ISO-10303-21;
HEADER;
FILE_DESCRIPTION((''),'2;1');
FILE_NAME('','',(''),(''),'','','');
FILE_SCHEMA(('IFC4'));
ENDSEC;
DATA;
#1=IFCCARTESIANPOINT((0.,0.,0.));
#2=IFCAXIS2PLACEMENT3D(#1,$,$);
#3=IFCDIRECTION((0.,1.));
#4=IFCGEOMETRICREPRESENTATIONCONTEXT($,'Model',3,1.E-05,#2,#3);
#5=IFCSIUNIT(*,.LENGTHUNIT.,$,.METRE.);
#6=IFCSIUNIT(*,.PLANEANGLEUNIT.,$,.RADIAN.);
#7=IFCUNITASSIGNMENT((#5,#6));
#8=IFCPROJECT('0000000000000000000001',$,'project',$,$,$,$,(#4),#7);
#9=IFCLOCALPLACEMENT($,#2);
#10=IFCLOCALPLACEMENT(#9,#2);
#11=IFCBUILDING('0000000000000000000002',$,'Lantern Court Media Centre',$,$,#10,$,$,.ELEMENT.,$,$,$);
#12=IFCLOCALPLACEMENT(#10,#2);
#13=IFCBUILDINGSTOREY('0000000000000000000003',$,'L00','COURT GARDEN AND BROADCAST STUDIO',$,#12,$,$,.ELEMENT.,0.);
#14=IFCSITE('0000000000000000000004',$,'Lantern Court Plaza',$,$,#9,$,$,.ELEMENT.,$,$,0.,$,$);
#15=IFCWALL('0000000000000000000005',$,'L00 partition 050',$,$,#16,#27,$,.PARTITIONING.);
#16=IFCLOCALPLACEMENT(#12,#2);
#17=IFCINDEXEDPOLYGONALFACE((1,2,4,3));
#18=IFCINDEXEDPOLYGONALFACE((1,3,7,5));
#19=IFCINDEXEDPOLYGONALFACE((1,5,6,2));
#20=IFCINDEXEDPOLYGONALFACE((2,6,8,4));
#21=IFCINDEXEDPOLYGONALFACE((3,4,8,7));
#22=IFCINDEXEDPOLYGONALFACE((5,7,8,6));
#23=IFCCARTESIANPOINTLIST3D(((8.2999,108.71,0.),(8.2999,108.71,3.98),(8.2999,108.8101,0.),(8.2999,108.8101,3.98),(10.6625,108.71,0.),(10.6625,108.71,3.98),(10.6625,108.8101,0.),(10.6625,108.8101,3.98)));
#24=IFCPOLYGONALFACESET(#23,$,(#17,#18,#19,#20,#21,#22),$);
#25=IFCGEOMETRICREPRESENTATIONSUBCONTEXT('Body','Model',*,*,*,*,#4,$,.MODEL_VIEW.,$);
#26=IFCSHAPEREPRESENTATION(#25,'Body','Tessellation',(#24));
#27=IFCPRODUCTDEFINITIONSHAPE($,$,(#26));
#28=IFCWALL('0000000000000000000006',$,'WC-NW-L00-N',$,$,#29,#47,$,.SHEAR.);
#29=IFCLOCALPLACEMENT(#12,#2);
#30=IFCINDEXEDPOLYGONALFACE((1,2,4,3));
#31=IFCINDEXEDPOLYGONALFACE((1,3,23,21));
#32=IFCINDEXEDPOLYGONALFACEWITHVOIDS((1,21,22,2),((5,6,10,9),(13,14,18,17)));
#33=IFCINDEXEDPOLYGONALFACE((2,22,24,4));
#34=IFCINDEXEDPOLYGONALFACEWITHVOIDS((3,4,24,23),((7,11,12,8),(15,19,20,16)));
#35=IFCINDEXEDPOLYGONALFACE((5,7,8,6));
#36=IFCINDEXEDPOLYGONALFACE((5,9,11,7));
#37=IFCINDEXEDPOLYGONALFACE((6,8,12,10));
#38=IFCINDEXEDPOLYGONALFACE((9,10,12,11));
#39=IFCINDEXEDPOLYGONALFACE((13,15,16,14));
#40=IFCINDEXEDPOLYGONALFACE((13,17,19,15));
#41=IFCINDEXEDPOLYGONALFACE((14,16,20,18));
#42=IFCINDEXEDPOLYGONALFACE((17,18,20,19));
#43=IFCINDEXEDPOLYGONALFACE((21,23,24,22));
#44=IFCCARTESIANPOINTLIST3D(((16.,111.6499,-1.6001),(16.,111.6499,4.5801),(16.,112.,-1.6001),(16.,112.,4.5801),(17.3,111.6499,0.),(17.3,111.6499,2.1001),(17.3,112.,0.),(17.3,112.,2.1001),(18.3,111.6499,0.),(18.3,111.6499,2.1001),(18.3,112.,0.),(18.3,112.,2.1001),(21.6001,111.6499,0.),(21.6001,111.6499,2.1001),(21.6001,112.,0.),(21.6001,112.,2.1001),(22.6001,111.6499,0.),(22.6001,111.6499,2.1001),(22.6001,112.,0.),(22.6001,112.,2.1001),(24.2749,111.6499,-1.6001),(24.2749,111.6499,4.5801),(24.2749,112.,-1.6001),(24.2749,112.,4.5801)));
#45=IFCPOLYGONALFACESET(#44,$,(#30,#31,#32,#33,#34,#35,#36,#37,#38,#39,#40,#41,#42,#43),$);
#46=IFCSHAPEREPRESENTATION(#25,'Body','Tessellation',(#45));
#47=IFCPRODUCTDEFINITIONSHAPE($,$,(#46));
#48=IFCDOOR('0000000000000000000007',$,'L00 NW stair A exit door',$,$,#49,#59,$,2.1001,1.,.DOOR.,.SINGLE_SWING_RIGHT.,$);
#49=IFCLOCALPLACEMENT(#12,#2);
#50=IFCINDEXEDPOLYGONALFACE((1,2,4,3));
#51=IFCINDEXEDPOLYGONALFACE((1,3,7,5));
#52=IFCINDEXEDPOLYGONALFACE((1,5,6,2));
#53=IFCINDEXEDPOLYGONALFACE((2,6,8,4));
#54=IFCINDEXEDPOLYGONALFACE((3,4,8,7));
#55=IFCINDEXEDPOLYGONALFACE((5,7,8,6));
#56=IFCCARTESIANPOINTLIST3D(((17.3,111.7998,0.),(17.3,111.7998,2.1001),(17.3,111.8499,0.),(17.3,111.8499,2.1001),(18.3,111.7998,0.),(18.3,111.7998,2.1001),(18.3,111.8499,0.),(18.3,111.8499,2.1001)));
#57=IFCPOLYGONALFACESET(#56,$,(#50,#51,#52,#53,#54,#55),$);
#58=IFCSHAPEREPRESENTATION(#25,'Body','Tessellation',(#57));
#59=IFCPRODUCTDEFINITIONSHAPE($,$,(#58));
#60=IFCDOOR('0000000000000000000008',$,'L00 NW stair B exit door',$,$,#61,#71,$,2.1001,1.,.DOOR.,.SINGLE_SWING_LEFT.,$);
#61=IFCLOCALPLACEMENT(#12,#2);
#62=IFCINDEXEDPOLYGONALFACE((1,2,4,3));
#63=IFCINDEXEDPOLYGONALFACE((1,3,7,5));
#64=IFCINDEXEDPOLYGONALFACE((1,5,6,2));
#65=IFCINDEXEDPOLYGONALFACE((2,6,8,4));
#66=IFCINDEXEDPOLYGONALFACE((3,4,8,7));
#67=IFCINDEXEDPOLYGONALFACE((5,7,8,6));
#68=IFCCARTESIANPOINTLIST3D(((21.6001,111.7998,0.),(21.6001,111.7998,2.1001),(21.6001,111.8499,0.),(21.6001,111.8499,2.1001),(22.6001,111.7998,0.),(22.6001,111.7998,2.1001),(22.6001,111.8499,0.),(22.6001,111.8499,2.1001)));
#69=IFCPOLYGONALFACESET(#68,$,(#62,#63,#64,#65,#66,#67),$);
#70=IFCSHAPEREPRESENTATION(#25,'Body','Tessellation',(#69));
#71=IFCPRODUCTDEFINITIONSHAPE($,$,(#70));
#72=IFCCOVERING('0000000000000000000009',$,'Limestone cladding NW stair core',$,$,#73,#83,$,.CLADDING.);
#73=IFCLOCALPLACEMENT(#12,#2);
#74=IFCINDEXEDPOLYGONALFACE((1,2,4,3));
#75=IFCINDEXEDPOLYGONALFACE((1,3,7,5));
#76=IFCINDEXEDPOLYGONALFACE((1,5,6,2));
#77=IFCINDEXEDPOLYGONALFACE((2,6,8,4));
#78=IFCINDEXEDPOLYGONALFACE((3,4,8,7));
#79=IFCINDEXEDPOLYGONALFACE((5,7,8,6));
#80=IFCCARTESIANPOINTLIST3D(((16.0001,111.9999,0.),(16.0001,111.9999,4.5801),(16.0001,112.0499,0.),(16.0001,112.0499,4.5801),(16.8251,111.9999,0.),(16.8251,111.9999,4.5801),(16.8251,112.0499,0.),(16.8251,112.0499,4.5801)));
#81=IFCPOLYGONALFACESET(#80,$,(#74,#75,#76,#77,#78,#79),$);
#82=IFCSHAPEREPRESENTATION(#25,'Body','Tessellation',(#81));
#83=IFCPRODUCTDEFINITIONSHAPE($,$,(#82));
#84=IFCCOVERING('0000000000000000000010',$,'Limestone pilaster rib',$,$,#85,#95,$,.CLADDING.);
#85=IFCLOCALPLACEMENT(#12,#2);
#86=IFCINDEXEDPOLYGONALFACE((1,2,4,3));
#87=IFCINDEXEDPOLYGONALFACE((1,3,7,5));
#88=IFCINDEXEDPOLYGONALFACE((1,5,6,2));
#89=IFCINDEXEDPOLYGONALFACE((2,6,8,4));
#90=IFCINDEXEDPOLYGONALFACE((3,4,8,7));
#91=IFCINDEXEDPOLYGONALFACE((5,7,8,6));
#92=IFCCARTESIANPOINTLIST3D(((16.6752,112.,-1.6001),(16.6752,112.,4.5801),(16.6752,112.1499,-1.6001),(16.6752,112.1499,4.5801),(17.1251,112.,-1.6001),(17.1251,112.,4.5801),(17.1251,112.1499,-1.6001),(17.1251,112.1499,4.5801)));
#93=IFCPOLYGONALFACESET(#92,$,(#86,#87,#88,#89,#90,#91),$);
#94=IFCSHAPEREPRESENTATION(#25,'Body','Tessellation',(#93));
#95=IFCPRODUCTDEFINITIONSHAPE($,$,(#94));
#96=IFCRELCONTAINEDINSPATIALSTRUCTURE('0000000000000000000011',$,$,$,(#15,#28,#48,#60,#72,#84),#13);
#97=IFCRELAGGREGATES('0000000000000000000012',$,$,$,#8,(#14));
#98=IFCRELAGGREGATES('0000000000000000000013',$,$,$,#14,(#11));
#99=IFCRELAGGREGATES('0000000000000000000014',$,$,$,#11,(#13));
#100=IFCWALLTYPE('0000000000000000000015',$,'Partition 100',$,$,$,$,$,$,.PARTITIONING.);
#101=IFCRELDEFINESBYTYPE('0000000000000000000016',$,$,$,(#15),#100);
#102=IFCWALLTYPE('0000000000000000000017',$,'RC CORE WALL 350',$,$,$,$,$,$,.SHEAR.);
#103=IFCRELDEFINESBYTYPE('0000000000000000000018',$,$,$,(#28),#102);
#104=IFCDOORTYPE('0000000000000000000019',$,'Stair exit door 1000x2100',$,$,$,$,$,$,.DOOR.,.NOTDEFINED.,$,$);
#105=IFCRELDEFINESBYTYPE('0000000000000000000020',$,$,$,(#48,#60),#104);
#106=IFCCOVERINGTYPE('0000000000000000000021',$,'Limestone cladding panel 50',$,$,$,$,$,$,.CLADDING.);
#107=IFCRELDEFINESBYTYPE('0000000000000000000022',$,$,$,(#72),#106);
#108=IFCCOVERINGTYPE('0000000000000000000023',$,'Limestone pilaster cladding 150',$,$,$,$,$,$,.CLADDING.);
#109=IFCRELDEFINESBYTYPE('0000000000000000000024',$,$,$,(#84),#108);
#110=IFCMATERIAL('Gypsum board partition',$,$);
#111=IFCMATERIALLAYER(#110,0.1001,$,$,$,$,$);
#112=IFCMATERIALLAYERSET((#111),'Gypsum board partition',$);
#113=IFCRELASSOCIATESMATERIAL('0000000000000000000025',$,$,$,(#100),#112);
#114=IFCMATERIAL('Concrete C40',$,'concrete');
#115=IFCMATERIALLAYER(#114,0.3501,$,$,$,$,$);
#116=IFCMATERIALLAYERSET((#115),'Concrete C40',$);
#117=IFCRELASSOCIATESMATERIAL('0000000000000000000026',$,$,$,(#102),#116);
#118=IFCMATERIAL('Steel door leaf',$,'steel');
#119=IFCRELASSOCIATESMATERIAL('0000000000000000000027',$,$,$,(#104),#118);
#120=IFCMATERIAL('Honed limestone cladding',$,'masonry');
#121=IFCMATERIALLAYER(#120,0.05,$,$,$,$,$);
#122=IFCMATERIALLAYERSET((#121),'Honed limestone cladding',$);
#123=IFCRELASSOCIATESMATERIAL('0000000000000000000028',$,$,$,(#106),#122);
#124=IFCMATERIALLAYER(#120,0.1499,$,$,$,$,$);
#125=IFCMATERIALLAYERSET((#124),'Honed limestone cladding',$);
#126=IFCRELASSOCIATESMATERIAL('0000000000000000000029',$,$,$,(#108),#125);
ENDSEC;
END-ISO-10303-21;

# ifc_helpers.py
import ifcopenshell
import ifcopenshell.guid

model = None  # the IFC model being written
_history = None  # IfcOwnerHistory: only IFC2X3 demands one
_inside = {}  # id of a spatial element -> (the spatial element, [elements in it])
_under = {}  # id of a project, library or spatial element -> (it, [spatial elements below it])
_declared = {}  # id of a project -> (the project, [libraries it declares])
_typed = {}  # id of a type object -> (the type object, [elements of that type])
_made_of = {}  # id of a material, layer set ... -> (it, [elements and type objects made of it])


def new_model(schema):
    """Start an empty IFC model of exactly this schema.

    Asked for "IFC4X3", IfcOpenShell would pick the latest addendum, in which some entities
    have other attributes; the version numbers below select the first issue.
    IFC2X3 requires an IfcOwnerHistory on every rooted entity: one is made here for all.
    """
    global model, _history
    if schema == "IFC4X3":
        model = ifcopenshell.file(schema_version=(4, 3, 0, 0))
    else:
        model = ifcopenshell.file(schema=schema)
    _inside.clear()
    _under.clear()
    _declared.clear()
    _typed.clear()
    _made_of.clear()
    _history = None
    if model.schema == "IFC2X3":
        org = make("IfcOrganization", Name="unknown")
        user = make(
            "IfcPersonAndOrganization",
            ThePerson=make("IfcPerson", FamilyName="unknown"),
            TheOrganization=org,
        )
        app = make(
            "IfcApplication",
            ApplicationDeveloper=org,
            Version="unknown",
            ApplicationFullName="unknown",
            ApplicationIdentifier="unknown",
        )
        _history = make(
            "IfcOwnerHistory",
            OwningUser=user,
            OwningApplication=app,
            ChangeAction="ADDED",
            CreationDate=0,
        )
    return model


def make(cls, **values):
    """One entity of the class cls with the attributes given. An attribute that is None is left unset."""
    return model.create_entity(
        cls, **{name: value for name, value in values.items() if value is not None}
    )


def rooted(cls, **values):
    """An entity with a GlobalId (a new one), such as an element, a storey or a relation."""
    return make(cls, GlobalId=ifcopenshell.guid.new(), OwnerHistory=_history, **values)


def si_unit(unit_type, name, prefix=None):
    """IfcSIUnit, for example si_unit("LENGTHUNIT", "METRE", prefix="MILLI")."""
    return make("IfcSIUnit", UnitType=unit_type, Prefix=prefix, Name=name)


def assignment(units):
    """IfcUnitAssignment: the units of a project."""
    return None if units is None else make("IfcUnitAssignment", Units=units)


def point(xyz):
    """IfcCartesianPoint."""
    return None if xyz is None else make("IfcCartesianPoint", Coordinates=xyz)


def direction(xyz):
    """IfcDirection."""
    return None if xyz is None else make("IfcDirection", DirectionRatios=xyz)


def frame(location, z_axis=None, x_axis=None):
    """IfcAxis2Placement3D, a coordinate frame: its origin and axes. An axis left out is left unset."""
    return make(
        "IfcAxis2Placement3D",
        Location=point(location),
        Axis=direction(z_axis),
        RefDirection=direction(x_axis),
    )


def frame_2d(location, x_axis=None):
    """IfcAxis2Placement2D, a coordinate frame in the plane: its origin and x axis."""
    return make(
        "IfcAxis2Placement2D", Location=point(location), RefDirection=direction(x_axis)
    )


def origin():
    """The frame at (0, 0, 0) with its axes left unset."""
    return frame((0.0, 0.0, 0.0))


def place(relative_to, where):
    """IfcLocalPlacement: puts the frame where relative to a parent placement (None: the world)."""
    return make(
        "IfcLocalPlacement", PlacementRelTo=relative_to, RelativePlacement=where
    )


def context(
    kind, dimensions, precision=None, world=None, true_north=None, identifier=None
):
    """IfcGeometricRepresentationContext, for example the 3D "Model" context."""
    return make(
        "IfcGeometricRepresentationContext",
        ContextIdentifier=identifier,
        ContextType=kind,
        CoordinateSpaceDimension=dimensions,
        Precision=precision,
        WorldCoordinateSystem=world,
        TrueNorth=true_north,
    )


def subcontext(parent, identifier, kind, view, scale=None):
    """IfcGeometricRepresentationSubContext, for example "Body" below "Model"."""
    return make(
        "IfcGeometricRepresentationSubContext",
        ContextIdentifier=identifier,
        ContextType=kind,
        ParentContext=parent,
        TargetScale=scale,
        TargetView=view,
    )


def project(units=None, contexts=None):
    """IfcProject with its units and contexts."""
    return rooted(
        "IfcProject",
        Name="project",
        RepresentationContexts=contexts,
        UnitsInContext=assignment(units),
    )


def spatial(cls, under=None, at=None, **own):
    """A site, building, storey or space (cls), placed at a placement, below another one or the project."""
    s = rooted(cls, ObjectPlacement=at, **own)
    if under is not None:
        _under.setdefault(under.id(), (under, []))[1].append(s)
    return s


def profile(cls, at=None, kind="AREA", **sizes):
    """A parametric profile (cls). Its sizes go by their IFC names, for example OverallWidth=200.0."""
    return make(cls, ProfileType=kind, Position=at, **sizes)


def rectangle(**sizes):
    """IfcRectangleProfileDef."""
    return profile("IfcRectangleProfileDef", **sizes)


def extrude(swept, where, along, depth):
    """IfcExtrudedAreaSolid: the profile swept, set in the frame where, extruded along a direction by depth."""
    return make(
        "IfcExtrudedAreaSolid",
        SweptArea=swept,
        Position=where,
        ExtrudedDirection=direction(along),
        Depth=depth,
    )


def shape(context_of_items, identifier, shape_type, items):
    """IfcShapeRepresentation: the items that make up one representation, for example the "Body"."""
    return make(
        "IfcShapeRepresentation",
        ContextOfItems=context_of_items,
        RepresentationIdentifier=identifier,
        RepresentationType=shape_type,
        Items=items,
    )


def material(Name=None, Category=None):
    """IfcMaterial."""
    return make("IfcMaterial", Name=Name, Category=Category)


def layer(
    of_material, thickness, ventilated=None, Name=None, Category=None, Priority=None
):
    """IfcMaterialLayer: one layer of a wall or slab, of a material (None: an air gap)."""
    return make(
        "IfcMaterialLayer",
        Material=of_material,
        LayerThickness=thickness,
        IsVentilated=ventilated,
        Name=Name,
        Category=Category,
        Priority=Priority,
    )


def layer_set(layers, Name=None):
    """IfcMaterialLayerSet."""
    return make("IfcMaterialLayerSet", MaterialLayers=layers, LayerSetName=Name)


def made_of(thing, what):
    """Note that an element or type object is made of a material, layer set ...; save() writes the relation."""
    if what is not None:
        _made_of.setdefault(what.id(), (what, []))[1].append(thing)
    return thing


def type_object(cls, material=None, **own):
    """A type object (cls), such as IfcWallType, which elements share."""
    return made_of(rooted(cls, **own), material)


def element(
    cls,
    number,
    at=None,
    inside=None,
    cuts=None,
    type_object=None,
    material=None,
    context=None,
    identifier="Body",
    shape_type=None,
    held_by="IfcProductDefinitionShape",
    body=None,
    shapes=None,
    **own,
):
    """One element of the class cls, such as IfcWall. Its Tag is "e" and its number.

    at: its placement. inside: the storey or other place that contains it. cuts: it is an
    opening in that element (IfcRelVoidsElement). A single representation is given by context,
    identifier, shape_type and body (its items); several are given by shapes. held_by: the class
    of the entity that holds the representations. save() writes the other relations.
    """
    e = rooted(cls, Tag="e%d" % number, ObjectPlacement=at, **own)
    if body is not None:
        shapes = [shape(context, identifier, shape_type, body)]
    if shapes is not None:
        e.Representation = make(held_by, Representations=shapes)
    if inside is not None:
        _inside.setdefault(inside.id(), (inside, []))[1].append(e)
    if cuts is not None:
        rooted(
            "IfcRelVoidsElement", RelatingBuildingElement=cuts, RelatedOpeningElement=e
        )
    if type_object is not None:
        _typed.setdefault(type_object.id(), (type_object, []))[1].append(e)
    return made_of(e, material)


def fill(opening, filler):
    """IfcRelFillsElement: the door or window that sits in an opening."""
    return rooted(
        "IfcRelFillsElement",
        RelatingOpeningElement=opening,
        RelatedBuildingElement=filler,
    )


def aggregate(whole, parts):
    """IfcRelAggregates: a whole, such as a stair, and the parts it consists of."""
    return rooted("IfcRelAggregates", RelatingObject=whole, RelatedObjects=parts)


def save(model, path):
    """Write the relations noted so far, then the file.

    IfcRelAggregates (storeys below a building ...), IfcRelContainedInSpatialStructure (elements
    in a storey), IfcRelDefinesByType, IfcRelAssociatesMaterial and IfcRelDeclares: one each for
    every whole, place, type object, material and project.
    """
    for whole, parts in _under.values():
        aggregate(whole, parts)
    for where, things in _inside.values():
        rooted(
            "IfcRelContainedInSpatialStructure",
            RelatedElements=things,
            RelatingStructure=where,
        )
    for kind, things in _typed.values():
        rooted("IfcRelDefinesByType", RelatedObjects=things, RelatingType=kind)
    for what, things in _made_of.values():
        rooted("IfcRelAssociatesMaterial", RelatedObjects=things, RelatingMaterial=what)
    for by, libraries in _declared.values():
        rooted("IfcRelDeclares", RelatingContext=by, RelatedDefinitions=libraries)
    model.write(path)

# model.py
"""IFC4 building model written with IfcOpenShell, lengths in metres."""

from ifc_helpers import new_model, si_unit, direction, frame, frame_2d, origin, place, context, subcontext, project, spatial, rectangle, extrude, material, layer, layer_set, type_object, element, fill, save


model = new_model("IFC4")

# Units and contexts
model_context = context("Model", 3, precision=1e-05, world=origin(), true_north=direction((0.0, 1.0)))
body_context = subcontext(model_context, "Body", "Model", "MODEL_VIEW")
ifc_project = project(units=[si_unit("LENGTHUNIT", "METRE"), si_unit("PLANEANGLEUNIT", "RADIAN")], contexts=[model_context])

# Site, building, storey
site_placement = place(None, origin())
site = spatial("IfcSite", under=ifc_project, at=site_placement, Name="Lantern Court Plaza", CompositionType="ELEMENT", RefElevation=0.0)
building_placement = place(site_placement, origin())
building = spatial("IfcBuilding", under=site, at=building_placement, Name="Lantern Court Media Centre", CompositionType="ELEMENT")
storey_placement = place(building_placement, origin())
storey = spatial("IfcBuildingStorey", under=building, at=storey_placement, Name="L00", Description="COURT GARDEN AND BROADCAST STUDIO", CompositionType="ELEMENT", Elevation=0.0)

# Wall
ifc_material_1 = material(Name="Gypsum board partition")
ifc_layer_1 = layer(ifc_material_1, 0.1001)
ifc_layer_set_1 = layer_set([ifc_layer_1], Name="Gypsum board partition")
wall_type_1 = type_object("IfcWallType", Name="Partition 100", PredefinedType="PARTITIONING", material=ifc_layer_set_1)
wall_1_placement = place(storey_placement, frame((8.3, 108.76, 0.0), z_axis=(0.0, 0.0, 1.0), x_axis=(1.0, 0.0, 0.0)))
element("IfcWall", 1, at=wall_1_placement, inside=storey, type_object=wall_type_1, Name="L00 partition 050", PredefinedType="PARTITIONING", context=body_context, shape_type="SweptSolid", body=[
    extrude(rectangle(XDim=2.3625, YDim=0.1001, at=frame_2d((1.1812, 0.0))), origin(), (0.0, 0.0, 1.0), 3.98),
])

# Wall, openings, doors
ifc_material_2 = material(Name="Concrete C40", Category="concrete")
ifc_layer_2 = layer(ifc_material_2, 0.3501)
ifc_layer_set_2 = layer_set([ifc_layer_2], Name="Concrete C40")
wall_type_2 = type_object("IfcWallType", Name="RC CORE WALL 350", PredefinedType="SHEAR", material=ifc_layer_set_2)
wall_2_placement = place(storey_placement, frame((16.0, 111.825, -1.6001), z_axis=(0.0, 0.0, 1.0), x_axis=(1.0, 0.0, 0.0)))
wall_2 = element("IfcWall", 2, at=wall_2_placement, inside=storey, type_object=wall_type_2, Name="WC-NW-L00-N", PredefinedType="SHEAR", context=body_context, shape_type="SweptSolid", body=[
    extrude(rectangle(XDim=8.2749, YDim=0.3501, at=frame_2d((4.1375, 0.0))), origin(), (0.0, 0.0, 1.0), 6.1802),
])
opening_1_placement = place(wall_2_placement, frame((1.3, 0.0, 1.6001)))
opening_1 = element("IfcOpeningElement", 3, at=opening_1_placement, cuts=wall_2, PredefinedType="OPENING", context=body_context, shape_type="SweptSolid", body=[
    extrude(rectangle(XDim=1.0, YDim=2.1001, at=frame_2d((0.5, 1.05))), frame((0.0, 0.1851, 0.0), z_axis=(0.0, -1.0, 0.0), x_axis=(1.0, 0.0, 0.0)), (0.0, 0.0, 1.0), 0.3701),
])
opening_2_placement = place(wall_2_placement, frame((5.6001, 0.0, 1.6001)))
opening_2 = element("IfcOpeningElement", 4, at=opening_2_placement, cuts=wall_2, PredefinedType="OPENING", context=body_context, shape_type="SweptSolid", body=[
    extrude(rectangle(XDim=1.0, YDim=2.1001, at=frame_2d((0.5, 1.05))), frame((0.0, 0.1851, 0.0), z_axis=(0.0, -1.0, 0.0), x_axis=(1.0, 0.0, 0.0)), (0.0, 0.0, 1.0), 0.3701),
])
ifc_material_3 = material(Name="Steel door leaf", Category="steel")
door_type = type_object("IfcDoorType", Name="Stair exit door 1000x2100", OperationType="NOTDEFINED", PredefinedType="DOOR", material=ifc_material_3)
door_1_placement = place(opening_1_placement, origin())
door_1 = element("IfcDoor", 5, at=door_1_placement, inside=storey, type_object=door_type, Name="L00 NW stair A exit door", OperationType="SINGLE_SWING_RIGHT", OverallHeight=2.1001, OverallWidth=1.0, PredefinedType="DOOR", context=body_context, shape_type="SweptSolid", body=[
    extrude(rectangle(XDim=1.0, YDim=2.1001, at=frame_2d((0.5, 1.05))), frame((0.0, 0.0249, 0.0), z_axis=(0.0, -1.0, 0.0), x_axis=(1.0, 0.0, 0.0)), (0.0, 0.0, 1.0), 0.05),
])
fill(opening_1, door_1)
door_2_placement = place(opening_2_placement, origin())
door_2 = element("IfcDoor", 6, at=door_2_placement, inside=storey, type_object=door_type, Name="L00 NW stair B exit door", OperationType="SINGLE_SWING_LEFT", OverallHeight=2.1001, OverallWidth=1.0, PredefinedType="DOOR", context=body_context, shape_type="SweptSolid", body=[
    extrude(rectangle(XDim=1.0, YDim=2.1001, at=frame_2d((0.5, 1.05))), frame((0.0, 0.0249, 0.0), z_axis=(0.0, -1.0, 0.0), x_axis=(1.0, 0.0, 0.0)), (0.0, 0.0, 1.0), 0.05),
])
fill(opening_2, door_2)

# Coverings
ifc_material_4 = material(Name="Honed limestone cladding", Category="masonry")
ifc_layer_3 = layer(ifc_material_4, 0.05)
ifc_layer_set_3 = layer_set([ifc_layer_3], Name="Honed limestone cladding")
covering_type_1 = type_object("IfcCoveringType", Name="Limestone cladding panel 50", PredefinedType="CLADDING", material=ifc_layer_set_3)
covering_1_placement = place(storey_placement, frame((16.0, 112.0249, 0.0), z_axis=(0.0, 0.0, 1.0), x_axis=(1.0, 0.0, 0.0)))
element("IfcCovering", 7, at=covering_1_placement, inside=storey, type_object=covering_type_1, Name="Limestone cladding NW stair core", PredefinedType="CLADDING", context=body_context, shape_type="SweptSolid", body=[
    extrude(rectangle(XDim=0.825, YDim=0.05, at=frame_2d((0.4126, 0.0))), origin(), (0.0, 0.0, 1.0), 4.5801),
])
ifc_layer_4 = layer(ifc_material_4, 0.1499)
ifc_layer_set_4 = layer_set([ifc_layer_4], Name="Honed limestone cladding")
covering_type_2 = type_object("IfcCoveringType", Name="Limestone pilaster cladding 150", PredefinedType="CLADDING", material=ifc_layer_set_4)
covering_2_placement = place(storey_placement, frame((16.675, 112.075, -1.6001), z_axis=(0.0, 0.0, 1.0), x_axis=(1.0, 0.0, 0.0)))
element("IfcCovering", 8, at=covering_2_placement, inside=storey, type_object=covering_type_2, Name="Limestone pilaster rib", PredefinedType="CLADDING", context=body_context, shape_type="SweptSolid", body=[
    extrude(rectangle(XDim=0.45, YDim=0.1499, at=frame_2d((0.2251, 0.0))), origin(), (0.0, 0.0, 1.0), 6.1802),
])

save(model, "model.ifc")
